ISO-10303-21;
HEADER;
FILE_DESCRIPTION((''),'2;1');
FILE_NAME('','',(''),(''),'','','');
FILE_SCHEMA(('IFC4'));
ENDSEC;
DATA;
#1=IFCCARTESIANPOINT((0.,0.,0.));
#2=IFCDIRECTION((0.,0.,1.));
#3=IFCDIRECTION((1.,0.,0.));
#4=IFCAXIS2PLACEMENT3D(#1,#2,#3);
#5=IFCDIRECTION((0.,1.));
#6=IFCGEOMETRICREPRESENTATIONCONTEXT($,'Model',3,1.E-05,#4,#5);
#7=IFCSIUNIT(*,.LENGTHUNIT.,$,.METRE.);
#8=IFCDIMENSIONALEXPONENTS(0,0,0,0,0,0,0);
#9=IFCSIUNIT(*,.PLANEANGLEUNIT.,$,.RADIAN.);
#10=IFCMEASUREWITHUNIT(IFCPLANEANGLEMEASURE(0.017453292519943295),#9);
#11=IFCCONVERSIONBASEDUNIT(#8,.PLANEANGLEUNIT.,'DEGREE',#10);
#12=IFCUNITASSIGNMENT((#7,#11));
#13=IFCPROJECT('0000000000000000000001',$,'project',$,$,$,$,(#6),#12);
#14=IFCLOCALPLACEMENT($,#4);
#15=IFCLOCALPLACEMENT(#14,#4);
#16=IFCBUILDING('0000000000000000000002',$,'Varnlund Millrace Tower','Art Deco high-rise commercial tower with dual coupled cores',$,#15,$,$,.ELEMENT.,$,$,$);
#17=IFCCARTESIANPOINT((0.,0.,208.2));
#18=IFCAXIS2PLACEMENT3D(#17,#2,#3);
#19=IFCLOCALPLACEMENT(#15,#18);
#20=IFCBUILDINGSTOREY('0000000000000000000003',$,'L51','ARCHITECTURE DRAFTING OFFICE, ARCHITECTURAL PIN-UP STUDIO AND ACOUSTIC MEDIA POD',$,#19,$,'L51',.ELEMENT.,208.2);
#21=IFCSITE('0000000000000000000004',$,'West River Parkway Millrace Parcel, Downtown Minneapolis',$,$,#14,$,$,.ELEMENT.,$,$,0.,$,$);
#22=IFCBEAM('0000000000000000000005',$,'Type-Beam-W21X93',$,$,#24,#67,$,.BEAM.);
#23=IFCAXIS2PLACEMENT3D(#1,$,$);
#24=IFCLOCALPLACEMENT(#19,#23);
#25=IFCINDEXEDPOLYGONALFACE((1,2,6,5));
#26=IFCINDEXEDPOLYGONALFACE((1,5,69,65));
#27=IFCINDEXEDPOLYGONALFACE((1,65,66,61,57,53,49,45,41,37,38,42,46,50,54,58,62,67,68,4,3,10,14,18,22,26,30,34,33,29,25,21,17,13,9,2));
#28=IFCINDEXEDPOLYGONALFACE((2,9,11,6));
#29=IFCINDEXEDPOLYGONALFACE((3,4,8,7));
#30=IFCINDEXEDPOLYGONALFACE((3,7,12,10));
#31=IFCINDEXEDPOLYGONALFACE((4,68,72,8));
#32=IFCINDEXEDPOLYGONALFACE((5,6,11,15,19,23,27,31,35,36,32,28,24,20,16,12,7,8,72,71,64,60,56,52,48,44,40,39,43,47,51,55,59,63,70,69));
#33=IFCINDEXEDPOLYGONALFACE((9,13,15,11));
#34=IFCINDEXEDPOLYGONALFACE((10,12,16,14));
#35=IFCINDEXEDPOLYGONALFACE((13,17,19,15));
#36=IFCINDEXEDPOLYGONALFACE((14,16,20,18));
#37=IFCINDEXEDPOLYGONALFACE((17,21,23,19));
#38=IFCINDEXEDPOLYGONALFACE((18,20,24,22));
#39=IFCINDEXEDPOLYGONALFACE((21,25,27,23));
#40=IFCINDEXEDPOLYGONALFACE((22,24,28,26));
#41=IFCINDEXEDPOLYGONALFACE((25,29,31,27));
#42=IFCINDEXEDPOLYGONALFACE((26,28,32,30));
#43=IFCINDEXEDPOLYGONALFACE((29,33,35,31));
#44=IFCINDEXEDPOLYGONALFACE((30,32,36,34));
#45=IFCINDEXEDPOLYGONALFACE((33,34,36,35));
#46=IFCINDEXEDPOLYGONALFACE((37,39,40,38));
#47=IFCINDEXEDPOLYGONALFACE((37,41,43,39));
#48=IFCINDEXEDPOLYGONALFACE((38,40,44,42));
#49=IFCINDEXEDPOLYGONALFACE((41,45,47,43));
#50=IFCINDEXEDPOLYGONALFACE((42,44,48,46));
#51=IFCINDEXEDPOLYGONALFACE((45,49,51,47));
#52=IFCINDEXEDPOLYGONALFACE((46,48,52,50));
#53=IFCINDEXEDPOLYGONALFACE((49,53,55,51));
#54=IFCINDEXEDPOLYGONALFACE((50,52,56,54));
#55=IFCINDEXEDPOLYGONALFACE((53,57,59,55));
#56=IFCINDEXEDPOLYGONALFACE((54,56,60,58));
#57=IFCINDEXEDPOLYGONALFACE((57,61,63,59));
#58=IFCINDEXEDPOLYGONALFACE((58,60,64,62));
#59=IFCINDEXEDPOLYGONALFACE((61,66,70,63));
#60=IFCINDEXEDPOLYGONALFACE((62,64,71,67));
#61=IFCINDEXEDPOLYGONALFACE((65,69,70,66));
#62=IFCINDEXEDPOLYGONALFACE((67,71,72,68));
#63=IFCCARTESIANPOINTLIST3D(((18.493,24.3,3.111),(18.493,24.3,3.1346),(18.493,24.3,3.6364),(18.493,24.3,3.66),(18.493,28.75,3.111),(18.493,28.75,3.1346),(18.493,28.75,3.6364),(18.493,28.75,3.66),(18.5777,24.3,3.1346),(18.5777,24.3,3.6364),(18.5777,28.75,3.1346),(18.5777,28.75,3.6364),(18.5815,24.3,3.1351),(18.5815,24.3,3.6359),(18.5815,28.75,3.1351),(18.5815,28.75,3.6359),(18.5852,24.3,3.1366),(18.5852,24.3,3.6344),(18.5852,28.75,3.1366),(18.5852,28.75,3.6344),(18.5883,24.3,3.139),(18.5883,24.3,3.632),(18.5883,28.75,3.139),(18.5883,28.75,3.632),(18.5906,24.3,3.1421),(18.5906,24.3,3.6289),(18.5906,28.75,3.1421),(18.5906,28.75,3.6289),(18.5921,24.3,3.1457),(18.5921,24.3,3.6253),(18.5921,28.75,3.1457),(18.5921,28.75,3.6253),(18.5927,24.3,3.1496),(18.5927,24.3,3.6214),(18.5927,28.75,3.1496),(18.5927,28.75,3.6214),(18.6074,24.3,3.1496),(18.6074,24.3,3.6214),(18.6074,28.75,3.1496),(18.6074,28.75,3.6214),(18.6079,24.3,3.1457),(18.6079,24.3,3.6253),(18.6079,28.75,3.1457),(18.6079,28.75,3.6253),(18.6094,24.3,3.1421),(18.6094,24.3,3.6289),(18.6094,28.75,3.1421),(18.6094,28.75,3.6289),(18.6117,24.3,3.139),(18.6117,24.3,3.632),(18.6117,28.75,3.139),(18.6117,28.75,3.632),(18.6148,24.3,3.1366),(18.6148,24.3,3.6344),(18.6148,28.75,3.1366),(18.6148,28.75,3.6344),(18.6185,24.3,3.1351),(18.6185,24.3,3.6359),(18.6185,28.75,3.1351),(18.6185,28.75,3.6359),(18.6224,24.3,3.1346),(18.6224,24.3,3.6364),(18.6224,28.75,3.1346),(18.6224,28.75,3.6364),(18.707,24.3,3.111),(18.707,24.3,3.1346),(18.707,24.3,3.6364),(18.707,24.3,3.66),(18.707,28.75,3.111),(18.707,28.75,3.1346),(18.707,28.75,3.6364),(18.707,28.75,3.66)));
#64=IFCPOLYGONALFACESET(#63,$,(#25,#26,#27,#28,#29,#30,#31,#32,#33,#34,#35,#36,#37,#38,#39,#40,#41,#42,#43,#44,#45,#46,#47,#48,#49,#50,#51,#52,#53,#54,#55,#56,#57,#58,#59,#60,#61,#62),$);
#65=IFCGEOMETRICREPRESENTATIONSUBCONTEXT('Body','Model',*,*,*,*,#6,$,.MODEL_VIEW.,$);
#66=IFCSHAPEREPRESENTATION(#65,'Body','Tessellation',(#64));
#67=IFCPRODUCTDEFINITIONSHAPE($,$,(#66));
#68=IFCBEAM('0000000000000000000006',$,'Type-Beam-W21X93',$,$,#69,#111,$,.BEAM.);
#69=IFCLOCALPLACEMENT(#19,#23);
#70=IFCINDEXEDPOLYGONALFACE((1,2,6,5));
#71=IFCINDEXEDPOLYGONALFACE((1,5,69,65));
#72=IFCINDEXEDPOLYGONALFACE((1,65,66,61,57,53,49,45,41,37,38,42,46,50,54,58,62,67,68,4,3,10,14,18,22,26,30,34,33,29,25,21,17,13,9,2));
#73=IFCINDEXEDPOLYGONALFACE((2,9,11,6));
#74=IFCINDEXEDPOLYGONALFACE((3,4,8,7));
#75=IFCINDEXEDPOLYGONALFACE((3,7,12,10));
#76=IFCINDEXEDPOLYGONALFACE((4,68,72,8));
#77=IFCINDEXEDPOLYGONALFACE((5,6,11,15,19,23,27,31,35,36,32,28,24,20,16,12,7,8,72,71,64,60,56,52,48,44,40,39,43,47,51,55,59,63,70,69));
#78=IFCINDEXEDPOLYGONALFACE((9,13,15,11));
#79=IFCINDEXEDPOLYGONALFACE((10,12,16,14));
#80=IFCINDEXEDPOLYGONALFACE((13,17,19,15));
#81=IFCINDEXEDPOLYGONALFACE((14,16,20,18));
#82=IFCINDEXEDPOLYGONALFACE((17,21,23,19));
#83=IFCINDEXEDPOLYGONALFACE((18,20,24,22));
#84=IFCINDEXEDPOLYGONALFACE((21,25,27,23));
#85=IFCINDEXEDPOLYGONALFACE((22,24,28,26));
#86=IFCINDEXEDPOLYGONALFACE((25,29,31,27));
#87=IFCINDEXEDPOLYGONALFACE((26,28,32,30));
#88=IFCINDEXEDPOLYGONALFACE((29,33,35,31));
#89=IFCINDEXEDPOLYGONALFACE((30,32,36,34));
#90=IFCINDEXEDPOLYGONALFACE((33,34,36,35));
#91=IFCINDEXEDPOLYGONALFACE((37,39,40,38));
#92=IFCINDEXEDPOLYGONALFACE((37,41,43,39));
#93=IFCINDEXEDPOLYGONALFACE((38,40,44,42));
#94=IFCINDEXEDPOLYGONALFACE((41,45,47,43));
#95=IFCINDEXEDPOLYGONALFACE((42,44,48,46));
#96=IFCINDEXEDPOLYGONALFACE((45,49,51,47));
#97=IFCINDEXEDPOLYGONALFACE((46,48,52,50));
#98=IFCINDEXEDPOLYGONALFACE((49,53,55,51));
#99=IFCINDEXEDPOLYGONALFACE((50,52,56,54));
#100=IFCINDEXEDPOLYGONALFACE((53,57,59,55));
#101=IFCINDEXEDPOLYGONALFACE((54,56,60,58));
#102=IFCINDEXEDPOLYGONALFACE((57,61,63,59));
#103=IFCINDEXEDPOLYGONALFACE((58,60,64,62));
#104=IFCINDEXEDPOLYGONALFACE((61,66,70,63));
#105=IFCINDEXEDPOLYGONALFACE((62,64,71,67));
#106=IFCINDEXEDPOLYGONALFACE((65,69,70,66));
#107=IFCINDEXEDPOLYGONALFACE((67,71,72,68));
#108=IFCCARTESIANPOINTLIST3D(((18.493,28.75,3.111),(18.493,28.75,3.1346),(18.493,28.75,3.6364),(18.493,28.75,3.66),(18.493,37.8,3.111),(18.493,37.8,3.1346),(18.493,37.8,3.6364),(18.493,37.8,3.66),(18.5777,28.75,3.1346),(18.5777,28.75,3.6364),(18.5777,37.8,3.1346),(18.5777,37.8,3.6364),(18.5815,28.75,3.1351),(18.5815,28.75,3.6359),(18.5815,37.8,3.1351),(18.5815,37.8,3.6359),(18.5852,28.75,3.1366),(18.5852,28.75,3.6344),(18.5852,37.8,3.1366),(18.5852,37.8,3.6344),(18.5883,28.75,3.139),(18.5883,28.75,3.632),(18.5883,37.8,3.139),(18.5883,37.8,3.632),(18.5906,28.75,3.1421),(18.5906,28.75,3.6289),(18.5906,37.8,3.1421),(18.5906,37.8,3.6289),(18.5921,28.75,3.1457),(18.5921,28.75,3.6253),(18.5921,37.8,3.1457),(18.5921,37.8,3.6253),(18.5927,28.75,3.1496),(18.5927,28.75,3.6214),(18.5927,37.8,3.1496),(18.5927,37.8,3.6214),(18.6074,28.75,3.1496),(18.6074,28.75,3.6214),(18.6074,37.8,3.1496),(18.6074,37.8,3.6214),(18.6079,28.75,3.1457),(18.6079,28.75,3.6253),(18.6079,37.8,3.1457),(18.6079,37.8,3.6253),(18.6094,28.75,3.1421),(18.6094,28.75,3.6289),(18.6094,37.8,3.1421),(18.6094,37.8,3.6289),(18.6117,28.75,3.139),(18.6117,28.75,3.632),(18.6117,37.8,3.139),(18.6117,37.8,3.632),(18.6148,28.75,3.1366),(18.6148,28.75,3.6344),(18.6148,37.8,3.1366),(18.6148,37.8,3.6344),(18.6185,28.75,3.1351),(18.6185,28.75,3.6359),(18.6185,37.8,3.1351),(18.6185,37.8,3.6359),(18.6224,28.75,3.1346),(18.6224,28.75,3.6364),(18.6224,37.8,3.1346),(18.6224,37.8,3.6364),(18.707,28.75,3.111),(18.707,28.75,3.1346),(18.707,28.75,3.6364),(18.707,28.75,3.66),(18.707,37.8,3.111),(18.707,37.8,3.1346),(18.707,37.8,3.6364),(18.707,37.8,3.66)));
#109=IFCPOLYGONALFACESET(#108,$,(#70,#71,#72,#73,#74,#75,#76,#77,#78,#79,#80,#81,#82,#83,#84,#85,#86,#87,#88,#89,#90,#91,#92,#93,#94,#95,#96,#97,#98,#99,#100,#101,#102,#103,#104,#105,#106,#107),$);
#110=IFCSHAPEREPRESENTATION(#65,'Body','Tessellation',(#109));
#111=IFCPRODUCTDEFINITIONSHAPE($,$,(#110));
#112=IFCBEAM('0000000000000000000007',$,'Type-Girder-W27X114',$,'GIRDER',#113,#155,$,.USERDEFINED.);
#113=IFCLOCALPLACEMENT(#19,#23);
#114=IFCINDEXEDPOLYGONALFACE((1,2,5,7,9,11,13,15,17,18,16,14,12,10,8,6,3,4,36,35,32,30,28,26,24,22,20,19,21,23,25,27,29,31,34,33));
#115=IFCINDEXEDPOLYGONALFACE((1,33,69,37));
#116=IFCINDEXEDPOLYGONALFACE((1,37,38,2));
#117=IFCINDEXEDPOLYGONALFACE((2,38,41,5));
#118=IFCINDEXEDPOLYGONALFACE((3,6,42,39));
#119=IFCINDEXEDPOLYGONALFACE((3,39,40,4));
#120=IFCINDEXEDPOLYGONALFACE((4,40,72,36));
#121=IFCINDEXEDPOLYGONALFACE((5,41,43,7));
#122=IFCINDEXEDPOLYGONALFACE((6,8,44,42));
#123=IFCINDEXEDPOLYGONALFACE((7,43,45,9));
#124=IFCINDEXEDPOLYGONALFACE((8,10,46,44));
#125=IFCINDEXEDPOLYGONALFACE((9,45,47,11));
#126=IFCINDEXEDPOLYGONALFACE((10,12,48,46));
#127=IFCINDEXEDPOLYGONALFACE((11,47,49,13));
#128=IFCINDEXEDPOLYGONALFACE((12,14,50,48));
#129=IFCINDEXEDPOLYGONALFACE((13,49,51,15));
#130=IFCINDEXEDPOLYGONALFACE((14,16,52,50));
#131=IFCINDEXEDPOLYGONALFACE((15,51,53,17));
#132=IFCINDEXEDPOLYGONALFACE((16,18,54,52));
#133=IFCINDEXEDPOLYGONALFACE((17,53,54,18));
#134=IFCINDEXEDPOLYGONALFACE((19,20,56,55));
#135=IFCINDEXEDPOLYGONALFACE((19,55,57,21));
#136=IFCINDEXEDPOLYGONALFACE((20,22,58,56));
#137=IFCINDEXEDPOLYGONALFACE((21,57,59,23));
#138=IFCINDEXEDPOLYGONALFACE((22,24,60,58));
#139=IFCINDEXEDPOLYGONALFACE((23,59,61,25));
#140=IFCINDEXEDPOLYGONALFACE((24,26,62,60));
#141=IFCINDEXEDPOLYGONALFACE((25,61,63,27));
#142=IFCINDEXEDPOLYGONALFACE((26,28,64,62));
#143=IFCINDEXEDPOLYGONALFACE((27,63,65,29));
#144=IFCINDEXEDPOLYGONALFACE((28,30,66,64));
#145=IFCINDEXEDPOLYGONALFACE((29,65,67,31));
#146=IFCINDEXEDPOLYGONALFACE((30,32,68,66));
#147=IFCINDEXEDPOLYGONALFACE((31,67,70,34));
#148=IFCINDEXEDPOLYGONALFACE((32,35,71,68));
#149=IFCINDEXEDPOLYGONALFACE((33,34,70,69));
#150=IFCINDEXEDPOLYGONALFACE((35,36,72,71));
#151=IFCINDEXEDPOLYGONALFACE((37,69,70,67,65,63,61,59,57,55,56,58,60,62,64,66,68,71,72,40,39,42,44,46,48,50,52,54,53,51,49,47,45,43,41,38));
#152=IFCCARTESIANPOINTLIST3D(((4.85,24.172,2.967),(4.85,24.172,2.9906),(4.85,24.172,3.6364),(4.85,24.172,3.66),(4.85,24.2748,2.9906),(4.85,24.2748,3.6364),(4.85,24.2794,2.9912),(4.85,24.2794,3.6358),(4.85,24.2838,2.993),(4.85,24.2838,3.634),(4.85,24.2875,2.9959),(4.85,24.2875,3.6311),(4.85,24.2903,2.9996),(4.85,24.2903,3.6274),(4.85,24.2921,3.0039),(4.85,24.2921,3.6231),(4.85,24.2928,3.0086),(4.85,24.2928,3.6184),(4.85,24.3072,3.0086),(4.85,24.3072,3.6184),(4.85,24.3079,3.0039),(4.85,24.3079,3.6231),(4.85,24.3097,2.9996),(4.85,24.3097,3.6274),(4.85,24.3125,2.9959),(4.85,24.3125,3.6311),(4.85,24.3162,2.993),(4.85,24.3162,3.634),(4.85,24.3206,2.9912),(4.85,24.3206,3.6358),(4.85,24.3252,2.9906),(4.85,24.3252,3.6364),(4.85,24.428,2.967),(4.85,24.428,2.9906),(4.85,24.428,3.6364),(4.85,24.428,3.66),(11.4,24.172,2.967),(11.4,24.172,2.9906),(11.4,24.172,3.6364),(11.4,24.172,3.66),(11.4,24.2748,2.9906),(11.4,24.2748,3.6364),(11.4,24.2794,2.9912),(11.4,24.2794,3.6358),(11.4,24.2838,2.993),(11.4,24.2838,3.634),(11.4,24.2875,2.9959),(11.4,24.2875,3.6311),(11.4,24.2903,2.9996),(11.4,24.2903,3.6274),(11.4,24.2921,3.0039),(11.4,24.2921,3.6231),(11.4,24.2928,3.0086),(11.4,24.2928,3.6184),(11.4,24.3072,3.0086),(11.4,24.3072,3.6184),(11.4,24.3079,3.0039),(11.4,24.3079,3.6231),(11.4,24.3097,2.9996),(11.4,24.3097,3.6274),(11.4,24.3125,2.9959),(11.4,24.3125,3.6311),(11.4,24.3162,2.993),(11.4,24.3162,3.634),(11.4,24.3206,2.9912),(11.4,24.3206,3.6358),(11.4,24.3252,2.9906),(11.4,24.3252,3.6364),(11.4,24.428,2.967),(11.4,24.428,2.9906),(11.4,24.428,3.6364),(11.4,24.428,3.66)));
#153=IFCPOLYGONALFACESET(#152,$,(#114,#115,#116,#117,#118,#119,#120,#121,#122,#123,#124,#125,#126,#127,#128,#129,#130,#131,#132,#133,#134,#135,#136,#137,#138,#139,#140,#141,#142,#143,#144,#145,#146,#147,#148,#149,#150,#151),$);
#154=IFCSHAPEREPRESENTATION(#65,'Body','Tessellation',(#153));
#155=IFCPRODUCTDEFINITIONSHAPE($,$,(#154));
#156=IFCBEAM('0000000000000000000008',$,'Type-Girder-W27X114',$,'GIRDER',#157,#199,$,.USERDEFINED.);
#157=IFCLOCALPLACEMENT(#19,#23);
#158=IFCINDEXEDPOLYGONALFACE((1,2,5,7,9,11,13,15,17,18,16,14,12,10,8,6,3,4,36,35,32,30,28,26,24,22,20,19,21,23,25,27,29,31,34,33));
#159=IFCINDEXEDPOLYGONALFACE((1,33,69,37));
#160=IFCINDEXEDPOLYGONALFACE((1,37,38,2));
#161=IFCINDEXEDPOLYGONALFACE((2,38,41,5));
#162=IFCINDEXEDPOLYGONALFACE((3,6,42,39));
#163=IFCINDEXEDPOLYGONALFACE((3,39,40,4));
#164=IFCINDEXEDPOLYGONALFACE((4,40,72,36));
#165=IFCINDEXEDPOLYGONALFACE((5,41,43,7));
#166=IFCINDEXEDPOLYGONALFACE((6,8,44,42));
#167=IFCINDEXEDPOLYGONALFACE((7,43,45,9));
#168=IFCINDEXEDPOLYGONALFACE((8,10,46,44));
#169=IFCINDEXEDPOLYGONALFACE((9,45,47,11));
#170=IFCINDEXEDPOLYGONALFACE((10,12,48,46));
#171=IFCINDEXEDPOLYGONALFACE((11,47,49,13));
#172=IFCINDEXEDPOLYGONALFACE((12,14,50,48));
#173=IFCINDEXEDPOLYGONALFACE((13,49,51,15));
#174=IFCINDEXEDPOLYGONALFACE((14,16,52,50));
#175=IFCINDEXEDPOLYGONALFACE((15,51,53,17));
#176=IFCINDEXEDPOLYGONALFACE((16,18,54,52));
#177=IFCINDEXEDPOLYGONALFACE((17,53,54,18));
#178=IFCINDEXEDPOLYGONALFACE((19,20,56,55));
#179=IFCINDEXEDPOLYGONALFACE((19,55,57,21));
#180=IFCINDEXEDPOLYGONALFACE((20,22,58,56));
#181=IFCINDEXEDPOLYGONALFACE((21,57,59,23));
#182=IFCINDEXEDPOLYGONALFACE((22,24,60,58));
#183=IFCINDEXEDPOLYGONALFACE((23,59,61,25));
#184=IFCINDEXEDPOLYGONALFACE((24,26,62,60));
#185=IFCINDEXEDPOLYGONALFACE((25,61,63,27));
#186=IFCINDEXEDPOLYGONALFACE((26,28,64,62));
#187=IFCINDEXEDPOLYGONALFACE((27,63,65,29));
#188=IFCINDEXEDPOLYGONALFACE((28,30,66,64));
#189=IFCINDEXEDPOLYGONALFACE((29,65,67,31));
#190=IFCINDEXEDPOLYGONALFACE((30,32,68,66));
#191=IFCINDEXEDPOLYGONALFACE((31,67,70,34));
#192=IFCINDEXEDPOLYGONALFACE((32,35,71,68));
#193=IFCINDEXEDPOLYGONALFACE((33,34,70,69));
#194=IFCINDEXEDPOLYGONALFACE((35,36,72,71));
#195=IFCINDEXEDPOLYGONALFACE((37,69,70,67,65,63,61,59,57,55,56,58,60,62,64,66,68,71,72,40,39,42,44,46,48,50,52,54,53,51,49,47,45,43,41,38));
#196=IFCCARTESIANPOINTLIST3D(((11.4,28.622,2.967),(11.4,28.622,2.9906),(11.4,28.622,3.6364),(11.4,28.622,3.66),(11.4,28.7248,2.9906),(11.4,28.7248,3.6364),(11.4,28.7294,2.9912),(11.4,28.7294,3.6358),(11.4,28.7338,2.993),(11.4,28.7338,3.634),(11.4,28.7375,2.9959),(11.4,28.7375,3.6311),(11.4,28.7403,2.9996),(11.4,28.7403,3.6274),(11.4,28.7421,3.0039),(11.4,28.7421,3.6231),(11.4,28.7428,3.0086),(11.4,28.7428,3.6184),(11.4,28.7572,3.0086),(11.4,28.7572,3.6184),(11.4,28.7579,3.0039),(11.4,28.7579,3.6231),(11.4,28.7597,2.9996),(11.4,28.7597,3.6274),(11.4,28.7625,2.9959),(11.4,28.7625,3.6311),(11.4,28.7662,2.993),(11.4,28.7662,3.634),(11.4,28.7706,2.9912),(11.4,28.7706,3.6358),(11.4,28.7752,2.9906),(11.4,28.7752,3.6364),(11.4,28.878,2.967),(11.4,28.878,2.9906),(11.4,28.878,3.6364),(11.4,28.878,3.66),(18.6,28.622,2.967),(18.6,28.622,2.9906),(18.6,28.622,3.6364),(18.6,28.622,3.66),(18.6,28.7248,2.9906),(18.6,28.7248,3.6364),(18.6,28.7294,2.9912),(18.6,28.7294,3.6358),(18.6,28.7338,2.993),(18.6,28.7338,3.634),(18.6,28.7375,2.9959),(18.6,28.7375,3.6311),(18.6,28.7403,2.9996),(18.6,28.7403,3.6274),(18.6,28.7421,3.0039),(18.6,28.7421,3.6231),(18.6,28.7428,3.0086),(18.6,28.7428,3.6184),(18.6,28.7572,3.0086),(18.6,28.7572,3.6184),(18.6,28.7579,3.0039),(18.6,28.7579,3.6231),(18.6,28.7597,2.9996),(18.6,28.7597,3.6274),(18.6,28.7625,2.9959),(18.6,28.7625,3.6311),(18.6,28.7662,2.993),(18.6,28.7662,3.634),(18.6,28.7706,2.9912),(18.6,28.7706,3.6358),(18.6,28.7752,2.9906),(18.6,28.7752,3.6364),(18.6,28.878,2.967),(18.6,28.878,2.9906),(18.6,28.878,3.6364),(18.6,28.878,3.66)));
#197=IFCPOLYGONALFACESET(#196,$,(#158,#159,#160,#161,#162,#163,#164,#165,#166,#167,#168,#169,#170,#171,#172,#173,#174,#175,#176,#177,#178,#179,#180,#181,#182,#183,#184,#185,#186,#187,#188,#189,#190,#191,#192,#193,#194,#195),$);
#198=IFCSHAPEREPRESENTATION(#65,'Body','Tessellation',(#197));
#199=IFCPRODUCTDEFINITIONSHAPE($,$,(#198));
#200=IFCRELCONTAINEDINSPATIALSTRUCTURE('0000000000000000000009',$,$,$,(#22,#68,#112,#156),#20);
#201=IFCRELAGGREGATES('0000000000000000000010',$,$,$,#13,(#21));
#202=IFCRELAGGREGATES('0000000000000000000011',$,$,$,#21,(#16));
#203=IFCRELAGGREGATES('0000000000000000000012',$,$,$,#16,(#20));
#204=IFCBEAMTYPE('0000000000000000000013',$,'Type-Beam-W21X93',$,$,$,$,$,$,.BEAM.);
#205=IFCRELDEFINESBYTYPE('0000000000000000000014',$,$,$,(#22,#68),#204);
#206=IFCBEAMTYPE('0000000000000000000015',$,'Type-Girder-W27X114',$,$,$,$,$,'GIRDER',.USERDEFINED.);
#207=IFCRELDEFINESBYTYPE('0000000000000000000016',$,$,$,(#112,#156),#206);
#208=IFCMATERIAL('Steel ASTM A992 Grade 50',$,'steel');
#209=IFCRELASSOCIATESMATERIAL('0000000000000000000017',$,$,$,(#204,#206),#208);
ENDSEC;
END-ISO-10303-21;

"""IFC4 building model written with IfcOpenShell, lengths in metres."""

from ifc_helpers import new_model, entity, si_unit, converted_unit, direction, frame, origin_with_axes, origin_2d_with_axis, place, context, subcontext, project, spatial, i_section, extrude, material, material_profile, profile_set, type_object, element, save


model = new_model("IFC4")

# Units and contexts
model_context = context("Model", 3, precision=1e-05, world=origin_with_axes(), true_north=direction((0.0, 1.0)))
body_context = subcontext(model_context, "Body", "Model", "MODEL_VIEW")
ifc_project = project(units=[si_unit("LENGTHUNIT", "METRE"), converted_unit("PLANEANGLEUNIT", "DEGREE", entity("IfcPlaneAngleMeasure", 0.017453292519943295), si_unit("PLANEANGLEUNIT", "RADIAN"), dimensions=[0, 0, 0, 0, 0, 0, 0])], contexts=[model_context])

# Site, building, storey
site_placement = place(None, origin_with_axes())
site = spatial("IfcSite", under=ifc_project, at=site_placement, Name="West River Parkway Millrace Parcel, Downtown Minneapolis", CompositionType="ELEMENT", RefElevation=0.0)
building_placement = place(site_placement, origin_with_axes())
building = spatial("IfcBuilding", under=site, at=building_placement, Name="Varnlund Millrace Tower", Description="Art Deco high-rise commercial tower with dual coupled cores", CompositionType="ELEMENT")
storey_placement = place(building_placement, frame((0.0, 0.0, 208.2), z_axis=(0.0, 0.0, 1.0), x_axis=(1.0, 0.0, 0.0)))
storey = spatial("IfcBuildingStorey", under=building, at=storey_placement, Name="L51", Description="ARCHITECTURE DRAFTING OFFICE, ARCHITECTURAL PIN-UP STUDIO AND ACOUSTIC MEDIA POD", LongName="L51", CompositionType="ELEMENT", Elevation=208.2)

# Beams
ifc_material_1 = material(Name="Steel ASTM A992 Grade 50", Category="steel")
ifc_material_profile_1 = material_profile(ifc_material_1, i_section(OverallWidth=0.214, OverallDepth=0.549, WebThickness=0.0147, FlangeThickness=0.0236, FilletRadius=0.015, at=origin_2d_with_axis()), Name="Steel ASTM A992 Grade 50")
ifc_profile_set_1 = profile_set([ifc_material_profile_1], Name="Steel ASTM A992 Grade 50")
beam_type_1 = type_object("IfcBeamType", Name="Type-Beam-W21X93", PredefinedType="BEAM", material=ifc_profile_set_1)
beam_1_placement = place(storey_placement, frame((18.6, 24.3, 3.3855), z_axis=(0.0, 1.0, 0.0), x_axis=(-1.0, 0.0, 0.0)))
element("IfcBeam", 1, at=beam_1_placement, inside=storey, type_object=beam_type_1, Name="Type-Beam-W21X93", PredefinedType="BEAM", context=body_context, shape_type="SweptSolid", body=[
    extrude(i_section(OverallWidth=0.214, OverallDepth=0.549, WebThickness=0.0147, FlangeThickness=0.0236, FilletRadius=0.015, at=origin_2d_with_axis()), origin_with_axes(), (0.0, 0.0, 1.0), 4.45),
])
beam_2_placement = place(storey_placement, frame((18.6, 28.75, 3.3855), z_axis=(0.0, 1.0, 0.0), x_axis=(-1.0, 0.0, 0.0)))
element("IfcBeam", 2, at=beam_2_placement, inside=storey, type_object=beam_type_1, Name="Type-Beam-W21X93", PredefinedType="BEAM", context=body_context, shape_type="SweptSolid", body=[
    extrude(i_section(OverallWidth=0.214, OverallDepth=0.549, WebThickness=0.0147, FlangeThickness=0.0236, FilletRadius=0.015, at=origin_2d_with_axis()), origin_with_axes(), (0.0, 0.0, 1.0), 9.05),
])
ifc_material_profile_2 = material_profile(ifc_material_1, i_section(OverallWidth=0.256, OverallDepth=0.693, WebThickness=0.0145, FlangeThickness=0.0236, FilletRadius=0.018, at=origin_2d_with_axis()), Name="Steel ASTM A992 Grade 50")
ifc_profile_set_2 = profile_set([ifc_material_profile_2], Name="Steel ASTM A992 Grade 50")
beam_type_2 = type_object("IfcBeamType", Name="Type-Girder-W27X114", ElementType="GIRDER", PredefinedType="USERDEFINED", material=ifc_profile_set_2)
beam_3_placement = place(storey_placement, frame((4.85, 24.3, 3.3135), z_axis=(1.0, 0.0, 0.0), x_axis=(0.0, 1.0, 0.0)))
element("IfcBeam", 3, at=beam_3_placement, inside=storey, type_object=beam_type_2, Name="Type-Girder-W27X114", ObjectType="GIRDER", PredefinedType="USERDEFINED", context=body_context, shape_type="SweptSolid", body=[
    extrude(i_section(OverallWidth=0.256, OverallDepth=0.693, WebThickness=0.0145, FlangeThickness=0.0236, FilletRadius=0.018, at=origin_2d_with_axis()), origin_with_axes(), (0.0, 0.0, 1.0), 6.55),
])
beam_4_placement = place(storey_placement, frame((11.4, 28.75, 3.3135), z_axis=(1.0, 0.0, 0.0), x_axis=(0.0, 1.0, 0.0)))
element("IfcBeam", 4, at=beam_4_placement, inside=storey, type_object=beam_type_2, Name="Type-Girder-W27X114", ObjectType="GIRDER", PredefinedType="USERDEFINED", context=body_context, shape_type="SweptSolid", body=[
    extrude(i_section(OverallWidth=0.256, OverallDepth=0.693, WebThickness=0.0145, FlangeThickness=0.0236, FilletRadius=0.018, at=origin_2d_with_axis()), origin_with_axes(), (0.0, 0.0, 1.0), 7.2),
])

save(model, "model.ifc")
